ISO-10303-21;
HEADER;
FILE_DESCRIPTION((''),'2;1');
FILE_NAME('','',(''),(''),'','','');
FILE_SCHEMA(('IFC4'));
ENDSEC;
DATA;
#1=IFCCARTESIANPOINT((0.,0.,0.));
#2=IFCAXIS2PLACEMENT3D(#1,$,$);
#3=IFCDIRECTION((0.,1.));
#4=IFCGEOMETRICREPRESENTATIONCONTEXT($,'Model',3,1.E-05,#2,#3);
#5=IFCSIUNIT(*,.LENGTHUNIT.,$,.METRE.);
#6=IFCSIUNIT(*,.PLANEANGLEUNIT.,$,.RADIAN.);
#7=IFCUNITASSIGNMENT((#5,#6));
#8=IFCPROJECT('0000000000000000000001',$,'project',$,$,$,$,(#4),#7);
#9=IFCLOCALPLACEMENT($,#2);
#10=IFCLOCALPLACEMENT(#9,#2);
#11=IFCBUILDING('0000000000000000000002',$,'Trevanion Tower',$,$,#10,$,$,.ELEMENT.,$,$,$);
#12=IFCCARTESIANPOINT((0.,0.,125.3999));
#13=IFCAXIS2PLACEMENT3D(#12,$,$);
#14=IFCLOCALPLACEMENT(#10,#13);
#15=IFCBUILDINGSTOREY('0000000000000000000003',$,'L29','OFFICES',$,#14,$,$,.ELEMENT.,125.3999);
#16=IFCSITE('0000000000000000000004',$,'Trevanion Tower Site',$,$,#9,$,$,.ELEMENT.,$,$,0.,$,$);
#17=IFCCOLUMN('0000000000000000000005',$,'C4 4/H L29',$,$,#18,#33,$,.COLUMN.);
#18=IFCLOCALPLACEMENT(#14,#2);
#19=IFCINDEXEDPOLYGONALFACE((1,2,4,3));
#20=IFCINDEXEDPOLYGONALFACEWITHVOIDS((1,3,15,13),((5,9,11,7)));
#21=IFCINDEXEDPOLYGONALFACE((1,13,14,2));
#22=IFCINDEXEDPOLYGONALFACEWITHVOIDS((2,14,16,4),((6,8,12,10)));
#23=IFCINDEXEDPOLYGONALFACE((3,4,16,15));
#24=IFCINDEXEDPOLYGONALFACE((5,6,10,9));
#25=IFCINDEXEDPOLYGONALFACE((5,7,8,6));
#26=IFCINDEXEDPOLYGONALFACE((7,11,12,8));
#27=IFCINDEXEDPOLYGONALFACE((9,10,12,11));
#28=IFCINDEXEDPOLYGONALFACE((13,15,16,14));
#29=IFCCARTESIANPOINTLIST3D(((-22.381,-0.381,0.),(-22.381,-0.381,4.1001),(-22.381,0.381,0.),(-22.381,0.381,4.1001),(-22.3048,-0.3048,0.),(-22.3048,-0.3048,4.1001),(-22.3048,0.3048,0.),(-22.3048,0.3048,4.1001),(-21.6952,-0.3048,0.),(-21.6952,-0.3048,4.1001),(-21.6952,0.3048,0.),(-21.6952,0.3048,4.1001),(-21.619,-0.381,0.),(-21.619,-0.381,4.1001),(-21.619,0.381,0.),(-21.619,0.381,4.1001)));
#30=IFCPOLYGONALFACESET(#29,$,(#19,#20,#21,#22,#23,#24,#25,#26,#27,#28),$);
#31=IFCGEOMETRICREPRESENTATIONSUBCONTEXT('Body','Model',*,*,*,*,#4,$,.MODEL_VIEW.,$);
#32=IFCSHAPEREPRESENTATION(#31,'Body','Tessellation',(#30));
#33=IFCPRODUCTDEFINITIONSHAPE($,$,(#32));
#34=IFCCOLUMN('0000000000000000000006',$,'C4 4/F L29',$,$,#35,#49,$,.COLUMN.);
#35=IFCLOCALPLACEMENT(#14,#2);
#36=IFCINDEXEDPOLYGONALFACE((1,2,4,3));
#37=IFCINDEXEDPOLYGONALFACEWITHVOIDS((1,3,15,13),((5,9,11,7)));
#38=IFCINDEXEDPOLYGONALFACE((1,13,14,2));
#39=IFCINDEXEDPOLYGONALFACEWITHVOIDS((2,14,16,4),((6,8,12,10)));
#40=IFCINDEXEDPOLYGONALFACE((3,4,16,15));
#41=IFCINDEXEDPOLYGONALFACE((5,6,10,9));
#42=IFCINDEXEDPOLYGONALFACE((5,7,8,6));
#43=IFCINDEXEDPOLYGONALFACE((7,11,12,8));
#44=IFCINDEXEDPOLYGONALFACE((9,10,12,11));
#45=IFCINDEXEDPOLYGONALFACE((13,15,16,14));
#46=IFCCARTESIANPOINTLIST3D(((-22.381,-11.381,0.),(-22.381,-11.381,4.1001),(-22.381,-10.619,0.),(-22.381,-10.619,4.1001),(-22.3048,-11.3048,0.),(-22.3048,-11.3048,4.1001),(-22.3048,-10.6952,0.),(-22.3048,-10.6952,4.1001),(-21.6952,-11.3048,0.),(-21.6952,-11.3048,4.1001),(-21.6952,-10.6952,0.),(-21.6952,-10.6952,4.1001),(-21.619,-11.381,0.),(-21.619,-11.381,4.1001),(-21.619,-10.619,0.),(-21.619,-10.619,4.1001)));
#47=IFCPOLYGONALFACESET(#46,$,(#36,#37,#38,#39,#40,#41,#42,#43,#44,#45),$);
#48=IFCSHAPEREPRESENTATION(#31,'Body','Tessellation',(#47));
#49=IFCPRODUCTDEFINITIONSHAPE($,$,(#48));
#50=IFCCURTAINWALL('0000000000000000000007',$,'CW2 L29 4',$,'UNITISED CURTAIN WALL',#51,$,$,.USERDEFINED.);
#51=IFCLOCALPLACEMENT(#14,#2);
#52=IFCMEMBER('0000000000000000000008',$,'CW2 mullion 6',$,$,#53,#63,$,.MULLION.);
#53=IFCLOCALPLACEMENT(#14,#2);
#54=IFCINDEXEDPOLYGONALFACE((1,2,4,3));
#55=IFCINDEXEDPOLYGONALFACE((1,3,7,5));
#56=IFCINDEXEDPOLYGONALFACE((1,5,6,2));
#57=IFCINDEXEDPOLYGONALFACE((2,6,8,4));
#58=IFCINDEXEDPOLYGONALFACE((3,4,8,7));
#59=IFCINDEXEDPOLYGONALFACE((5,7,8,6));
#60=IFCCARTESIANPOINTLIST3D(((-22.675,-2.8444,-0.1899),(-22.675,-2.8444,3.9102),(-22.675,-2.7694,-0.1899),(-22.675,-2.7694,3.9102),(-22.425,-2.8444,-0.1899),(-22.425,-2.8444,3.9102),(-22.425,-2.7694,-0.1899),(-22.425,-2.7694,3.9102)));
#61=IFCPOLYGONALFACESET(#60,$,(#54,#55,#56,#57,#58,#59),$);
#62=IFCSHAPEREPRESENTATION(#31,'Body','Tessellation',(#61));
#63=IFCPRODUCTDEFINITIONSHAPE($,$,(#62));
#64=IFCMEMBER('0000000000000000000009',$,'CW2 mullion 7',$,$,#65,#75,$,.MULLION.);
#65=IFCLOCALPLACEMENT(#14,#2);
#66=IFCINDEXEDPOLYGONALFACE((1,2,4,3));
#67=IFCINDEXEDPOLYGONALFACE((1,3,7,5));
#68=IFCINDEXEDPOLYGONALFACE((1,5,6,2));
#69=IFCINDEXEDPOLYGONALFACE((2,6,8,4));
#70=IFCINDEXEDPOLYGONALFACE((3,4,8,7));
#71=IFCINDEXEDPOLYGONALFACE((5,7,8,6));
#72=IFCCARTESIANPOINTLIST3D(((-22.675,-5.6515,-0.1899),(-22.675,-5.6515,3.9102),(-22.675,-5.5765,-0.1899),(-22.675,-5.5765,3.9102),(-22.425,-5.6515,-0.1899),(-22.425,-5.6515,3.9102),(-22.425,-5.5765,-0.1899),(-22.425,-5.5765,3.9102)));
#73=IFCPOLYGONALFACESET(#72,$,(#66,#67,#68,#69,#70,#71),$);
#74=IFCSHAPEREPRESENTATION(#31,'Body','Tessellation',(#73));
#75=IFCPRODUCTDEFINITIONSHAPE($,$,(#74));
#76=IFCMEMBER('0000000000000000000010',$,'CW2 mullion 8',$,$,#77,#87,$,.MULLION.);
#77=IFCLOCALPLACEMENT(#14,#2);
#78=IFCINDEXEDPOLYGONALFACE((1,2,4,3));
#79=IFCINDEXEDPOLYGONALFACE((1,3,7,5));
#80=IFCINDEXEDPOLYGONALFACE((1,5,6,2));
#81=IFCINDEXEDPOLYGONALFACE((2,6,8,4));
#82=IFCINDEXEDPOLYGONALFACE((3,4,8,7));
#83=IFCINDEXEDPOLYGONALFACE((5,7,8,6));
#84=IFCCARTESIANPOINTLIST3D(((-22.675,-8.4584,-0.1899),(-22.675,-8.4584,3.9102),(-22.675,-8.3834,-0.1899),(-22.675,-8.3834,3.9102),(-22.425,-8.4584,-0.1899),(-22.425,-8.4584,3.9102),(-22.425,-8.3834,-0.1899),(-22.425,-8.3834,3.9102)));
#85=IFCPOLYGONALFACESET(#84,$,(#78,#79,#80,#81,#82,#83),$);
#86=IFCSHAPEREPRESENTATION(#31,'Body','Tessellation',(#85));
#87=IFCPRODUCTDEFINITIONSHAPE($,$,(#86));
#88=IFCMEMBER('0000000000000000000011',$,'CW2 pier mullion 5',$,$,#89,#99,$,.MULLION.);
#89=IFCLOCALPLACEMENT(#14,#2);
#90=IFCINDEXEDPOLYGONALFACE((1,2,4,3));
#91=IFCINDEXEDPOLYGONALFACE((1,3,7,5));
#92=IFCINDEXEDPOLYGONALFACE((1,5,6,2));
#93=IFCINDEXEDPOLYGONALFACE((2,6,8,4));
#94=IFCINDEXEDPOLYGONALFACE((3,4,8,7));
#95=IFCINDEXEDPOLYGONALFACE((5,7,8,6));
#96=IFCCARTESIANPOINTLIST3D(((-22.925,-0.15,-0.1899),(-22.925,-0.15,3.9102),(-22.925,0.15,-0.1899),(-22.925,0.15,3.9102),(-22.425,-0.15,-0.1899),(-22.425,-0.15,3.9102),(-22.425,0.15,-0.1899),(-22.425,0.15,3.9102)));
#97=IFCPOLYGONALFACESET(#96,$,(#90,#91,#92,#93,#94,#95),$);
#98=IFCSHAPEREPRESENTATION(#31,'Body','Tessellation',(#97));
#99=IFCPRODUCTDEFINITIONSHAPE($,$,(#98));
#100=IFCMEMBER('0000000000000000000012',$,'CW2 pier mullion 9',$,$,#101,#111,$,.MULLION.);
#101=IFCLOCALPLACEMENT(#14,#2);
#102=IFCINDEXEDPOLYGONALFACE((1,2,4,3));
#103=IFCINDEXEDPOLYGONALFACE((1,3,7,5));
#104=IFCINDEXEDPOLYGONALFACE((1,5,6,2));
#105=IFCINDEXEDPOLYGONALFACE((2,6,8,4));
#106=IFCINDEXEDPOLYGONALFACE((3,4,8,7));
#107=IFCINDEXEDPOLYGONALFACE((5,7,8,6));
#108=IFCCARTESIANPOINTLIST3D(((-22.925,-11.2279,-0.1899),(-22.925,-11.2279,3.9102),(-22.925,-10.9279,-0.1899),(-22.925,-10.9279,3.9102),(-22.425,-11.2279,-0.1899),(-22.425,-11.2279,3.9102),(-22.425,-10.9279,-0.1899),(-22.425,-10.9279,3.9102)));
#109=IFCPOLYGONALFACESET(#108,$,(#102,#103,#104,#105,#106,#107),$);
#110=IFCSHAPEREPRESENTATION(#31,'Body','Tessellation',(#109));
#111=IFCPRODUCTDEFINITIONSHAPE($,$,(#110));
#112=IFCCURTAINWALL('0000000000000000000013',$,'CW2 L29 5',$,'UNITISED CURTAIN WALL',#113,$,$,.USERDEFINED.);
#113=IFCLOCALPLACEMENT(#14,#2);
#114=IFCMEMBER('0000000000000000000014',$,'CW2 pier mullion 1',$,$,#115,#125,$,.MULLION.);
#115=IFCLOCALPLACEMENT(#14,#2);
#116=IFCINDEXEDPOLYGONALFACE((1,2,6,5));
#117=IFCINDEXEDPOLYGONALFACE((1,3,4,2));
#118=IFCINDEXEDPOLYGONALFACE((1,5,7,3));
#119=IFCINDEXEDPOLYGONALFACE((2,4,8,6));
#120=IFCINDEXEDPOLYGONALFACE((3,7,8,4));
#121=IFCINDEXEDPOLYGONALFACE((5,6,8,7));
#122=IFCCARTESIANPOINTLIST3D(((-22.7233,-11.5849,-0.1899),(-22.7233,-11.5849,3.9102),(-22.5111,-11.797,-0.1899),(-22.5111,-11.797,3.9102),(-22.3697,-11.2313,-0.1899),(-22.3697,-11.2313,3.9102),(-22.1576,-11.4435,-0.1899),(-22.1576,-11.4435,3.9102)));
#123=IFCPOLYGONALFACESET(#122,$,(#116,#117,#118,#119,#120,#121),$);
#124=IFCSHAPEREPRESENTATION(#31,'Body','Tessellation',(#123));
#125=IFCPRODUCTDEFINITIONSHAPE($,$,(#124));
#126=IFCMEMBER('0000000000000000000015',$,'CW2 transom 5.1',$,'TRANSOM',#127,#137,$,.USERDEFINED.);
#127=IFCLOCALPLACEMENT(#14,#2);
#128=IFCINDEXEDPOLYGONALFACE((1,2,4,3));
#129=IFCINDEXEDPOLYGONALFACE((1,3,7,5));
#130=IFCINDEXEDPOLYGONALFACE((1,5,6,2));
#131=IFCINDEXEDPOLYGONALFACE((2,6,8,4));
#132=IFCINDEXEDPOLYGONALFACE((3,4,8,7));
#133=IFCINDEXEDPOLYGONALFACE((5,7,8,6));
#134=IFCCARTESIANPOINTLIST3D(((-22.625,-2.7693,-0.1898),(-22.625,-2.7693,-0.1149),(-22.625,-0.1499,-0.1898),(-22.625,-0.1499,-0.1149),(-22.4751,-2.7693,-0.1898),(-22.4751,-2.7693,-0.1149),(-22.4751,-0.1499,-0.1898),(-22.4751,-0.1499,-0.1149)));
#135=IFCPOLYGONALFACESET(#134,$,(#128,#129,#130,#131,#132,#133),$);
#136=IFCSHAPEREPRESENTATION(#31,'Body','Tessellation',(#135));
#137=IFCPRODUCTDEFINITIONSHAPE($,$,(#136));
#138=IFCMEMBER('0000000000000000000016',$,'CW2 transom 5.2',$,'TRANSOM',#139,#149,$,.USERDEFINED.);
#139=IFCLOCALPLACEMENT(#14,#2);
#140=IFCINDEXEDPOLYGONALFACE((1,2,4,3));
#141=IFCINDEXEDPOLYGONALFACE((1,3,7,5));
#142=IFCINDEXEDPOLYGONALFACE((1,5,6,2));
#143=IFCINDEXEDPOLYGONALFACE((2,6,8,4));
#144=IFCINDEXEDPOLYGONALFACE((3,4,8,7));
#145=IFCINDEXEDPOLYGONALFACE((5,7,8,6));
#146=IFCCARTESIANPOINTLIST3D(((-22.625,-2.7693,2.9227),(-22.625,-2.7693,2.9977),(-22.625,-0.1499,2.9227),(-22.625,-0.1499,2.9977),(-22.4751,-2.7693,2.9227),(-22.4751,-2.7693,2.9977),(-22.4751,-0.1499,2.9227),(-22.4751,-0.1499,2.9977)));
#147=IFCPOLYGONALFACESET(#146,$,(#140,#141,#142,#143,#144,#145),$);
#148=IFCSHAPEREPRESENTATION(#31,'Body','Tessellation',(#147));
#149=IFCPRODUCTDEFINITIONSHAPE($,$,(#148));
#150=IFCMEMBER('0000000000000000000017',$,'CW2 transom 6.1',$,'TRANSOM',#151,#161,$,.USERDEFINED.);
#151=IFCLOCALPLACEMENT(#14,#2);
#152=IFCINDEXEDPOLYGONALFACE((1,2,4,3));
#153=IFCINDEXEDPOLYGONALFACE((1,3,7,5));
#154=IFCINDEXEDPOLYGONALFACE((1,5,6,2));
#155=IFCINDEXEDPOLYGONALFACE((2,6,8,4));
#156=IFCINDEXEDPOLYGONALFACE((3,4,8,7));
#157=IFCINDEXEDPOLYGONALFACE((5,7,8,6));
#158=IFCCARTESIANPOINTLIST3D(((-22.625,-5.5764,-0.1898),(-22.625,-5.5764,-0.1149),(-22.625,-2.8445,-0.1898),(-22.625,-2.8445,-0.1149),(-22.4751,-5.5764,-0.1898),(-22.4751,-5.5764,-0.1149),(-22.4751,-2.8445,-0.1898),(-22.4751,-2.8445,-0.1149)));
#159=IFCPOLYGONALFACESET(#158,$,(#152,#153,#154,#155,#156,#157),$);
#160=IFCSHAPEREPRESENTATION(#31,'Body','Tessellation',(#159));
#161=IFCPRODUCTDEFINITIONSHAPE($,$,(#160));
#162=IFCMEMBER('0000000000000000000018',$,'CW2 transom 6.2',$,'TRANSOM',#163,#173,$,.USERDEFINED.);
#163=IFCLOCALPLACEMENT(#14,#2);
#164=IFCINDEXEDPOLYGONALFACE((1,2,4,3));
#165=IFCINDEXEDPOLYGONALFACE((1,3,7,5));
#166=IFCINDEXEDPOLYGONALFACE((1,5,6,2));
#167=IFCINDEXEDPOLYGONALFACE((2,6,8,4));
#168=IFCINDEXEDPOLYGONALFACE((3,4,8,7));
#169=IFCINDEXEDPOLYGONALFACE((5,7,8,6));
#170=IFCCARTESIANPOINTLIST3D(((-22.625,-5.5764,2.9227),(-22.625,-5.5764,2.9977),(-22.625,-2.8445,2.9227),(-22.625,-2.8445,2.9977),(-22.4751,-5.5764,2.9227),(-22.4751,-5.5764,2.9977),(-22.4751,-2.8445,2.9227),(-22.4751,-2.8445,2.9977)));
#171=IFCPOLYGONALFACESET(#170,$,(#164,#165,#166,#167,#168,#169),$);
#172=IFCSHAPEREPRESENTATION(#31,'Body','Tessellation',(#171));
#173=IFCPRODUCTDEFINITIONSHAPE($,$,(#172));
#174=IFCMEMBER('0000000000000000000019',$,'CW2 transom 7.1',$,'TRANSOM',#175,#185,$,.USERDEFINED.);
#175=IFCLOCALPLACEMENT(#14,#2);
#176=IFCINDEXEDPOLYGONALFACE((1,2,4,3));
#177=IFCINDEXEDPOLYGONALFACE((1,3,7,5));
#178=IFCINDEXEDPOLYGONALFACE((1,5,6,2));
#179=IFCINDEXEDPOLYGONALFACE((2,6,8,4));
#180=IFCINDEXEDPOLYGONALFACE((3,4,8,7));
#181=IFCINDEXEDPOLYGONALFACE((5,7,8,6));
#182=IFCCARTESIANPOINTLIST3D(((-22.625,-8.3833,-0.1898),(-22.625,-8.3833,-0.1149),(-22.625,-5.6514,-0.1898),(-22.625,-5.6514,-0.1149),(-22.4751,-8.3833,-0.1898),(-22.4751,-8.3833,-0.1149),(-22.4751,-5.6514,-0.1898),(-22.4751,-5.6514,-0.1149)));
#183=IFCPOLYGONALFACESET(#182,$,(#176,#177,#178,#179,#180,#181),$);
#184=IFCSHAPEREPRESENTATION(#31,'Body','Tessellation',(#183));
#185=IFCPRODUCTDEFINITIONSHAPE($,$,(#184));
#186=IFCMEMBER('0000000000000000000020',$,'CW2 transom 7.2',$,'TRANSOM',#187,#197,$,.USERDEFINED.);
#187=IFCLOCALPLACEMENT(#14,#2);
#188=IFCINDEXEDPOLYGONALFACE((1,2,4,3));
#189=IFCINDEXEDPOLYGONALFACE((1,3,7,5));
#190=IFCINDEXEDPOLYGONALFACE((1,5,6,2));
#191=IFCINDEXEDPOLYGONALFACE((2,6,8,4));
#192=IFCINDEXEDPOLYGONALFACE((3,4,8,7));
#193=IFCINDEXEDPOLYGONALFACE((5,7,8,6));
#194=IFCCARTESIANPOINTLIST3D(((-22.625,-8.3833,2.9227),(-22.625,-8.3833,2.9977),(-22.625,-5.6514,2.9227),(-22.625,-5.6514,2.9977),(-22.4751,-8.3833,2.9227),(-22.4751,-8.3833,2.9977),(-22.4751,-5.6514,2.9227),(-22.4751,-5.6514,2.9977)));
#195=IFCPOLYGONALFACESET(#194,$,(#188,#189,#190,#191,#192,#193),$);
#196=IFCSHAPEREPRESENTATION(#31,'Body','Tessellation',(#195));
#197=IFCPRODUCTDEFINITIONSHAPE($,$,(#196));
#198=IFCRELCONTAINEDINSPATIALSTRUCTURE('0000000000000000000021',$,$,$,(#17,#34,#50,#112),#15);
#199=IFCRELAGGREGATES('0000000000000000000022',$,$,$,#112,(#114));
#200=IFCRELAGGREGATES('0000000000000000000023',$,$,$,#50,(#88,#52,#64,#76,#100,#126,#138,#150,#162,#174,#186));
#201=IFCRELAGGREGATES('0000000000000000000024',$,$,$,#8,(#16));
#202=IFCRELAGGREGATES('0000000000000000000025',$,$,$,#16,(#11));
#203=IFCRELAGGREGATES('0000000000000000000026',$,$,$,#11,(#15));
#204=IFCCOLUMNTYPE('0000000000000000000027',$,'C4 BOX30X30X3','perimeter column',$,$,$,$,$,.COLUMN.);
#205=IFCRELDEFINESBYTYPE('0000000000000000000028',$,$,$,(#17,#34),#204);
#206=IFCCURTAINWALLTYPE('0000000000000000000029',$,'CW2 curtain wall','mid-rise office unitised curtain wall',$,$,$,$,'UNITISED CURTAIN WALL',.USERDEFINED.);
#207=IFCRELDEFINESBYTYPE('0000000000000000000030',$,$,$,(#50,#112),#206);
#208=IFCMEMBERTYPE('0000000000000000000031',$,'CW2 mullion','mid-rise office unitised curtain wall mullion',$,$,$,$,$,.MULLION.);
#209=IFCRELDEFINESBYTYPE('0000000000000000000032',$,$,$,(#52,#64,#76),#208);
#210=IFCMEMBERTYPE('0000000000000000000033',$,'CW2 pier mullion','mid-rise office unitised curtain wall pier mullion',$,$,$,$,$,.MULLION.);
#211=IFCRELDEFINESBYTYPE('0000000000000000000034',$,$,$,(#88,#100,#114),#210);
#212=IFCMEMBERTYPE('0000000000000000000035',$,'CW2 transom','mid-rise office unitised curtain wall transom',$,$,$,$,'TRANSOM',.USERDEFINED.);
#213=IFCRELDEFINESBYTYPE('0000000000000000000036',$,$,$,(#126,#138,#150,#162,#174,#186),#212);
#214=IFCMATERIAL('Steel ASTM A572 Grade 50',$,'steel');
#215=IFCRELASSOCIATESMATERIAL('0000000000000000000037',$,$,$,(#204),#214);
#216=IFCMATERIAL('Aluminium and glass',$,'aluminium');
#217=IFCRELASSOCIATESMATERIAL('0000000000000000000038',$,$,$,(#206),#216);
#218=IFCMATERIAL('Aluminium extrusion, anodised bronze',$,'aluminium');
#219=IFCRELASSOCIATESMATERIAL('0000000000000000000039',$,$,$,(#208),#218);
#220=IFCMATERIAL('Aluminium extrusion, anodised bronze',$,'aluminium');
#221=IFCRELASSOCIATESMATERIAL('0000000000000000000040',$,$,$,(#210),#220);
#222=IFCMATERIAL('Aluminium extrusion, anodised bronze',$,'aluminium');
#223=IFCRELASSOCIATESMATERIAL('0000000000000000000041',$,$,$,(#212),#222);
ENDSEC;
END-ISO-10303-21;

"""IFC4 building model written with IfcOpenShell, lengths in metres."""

from ifc_helpers import new_model, si_unit, direction, frame, origin, origin_2d, place, context, subcontext, project, spatial, rectangle, hollow_rectangle, extrude, material, material_profile, profile_set, type_object, element, aggregate, save


model = new_model("IFC4")

# Units and contexts
model_context = context("Model", 3, precision=1e-05, world=origin(), true_north=direction((0.0, 1.0)))
body_context = subcontext(model_context, "Body", "Model", "MODEL_VIEW")
ifc_project = project(units=[si_unit("LENGTHUNIT", "METRE"), si_unit("PLANEANGLEUNIT", "RADIAN")], contexts=[model_context])

# Site, building, storey
site_placement = place(None, origin())
site = spatial("IfcSite", under=ifc_project, at=site_placement, Name="Trevanion Tower Site", CompositionType="ELEMENT", RefElevation=0.0)
building_placement = place(site_placement, origin())
building = spatial("IfcBuilding", under=site, at=building_placement, Name="Trevanion Tower", CompositionType="ELEMENT")
storey_placement = place(building_placement, frame((0.0, 0.0, 125.3999)))
storey = spatial("IfcBuildingStorey", under=building, at=storey_placement, Name="L29", Description="OFFICES", CompositionType="ELEMENT", Elevation=125.3999)

# Columns
ifc_material_1 = material(Name="Steel ASTM A572 Grade 50", Category="steel")
ifc_material_profile_1 = material_profile(ifc_material_1, hollow_rectangle(XDim=0.762, YDim=0.762, WallThickness=0.0762, at=origin_2d()), Name="BOX30X30X3")
ifc_profile_set_1 = profile_set([ifc_material_profile_1], Name="Steel ASTM A572 Grade 50")
column_type = type_object("IfcColumnType", Name="C4 BOX30X30X3", Description="perimeter column", PredefinedType="COLUMN", material=ifc_profile_set_1)
for number, where, z_axis, x_axis, name in (
    (1, (-22.0, 0.0, 0.0), (0.0, 0.0, 1.0), (0.0, 1.0, 0.0), "C4 4/H L29"),
    (2, (-22.0, -11.0, 0.0), (0.0, 0.0, 1.0), (0.0, 1.0, 0.0), "C4 4/F L29"),
):
    element("IfcColumn", number, at=place(storey_placement, frame(where, z_axis=z_axis, x_axis=x_axis)), inside=storey, type_object=column_type, Name=name, PredefinedType="COLUMN", context=body_context, shape_type="SweptSolid", body=[
        extrude(hollow_rectangle(XDim=0.762, YDim=0.762, WallThickness=0.0762, at=origin_2d()), origin(), (0.0, 0.0, 1.0), 4.1001),
    ])

# Curtain wall, members
ifc_material_2 = material(Name="Aluminium and glass", Category="aluminium")
curtain_wall_type = type_object("IfcCurtainWallType", Name="CW2 curtain wall", Description="mid-rise office unitised curtain wall", ElementType="UNITISED CURTAIN WALL", PredefinedType="USERDEFINED", material=ifc_material_2)
curtain_wall_1_placement = place(storey_placement, origin())
curtain_wall_1 = element("IfcCurtainWall", 3, at=curtain_wall_1_placement, inside=storey, type_object=curtain_wall_type, Name="CW2 L29 4", ObjectType="UNITISED CURTAIN WALL", PredefinedType="USERDEFINED")
ifc_material_3 = material(Name="Aluminium extrusion, anodised bronze", Category="aluminium")
ifc_material_profile_2 = material_profile(ifc_material_3, rectangle(XDim=0.075, YDim=0.25, at=origin_2d()), Name="CW2 mullion")
ifc_profile_set_2 = profile_set([ifc_material_profile_2], Name="Aluminium extrusion, anodised bronze")
member_type_1 = type_object("IfcMemberType", Name="CW2 mullion", Description="mid-rise office unitised curtain wall mullion", PredefinedType="MULLION", material=ifc_profile_set_2)
member_1_placement = place(storey_placement, frame((-22.55, -2.8069, -0.1899), z_axis=(0.0, 0.0, 1.0), x_axis=(0.0, -1.0, 0.0)))
member_1 = element("IfcMember", 4, at=member_1_placement, type_object=member_type_1, Name="CW2 mullion 6", PredefinedType="MULLION", context=body_context, shape_type="SweptSolid", body=[
    extrude(rectangle(XDim=0.075, YDim=0.25, at=origin_2d()), origin(), (0.0, 0.0, 1.0), 4.1001),
])
member_2_placement = place(storey_placement, frame((-22.55, -5.614, -0.1899), z_axis=(0.0, 0.0, 1.0), x_axis=(0.0, -1.0, 0.0)))
member_2 = element("IfcMember", 5, at=member_2_placement, type_object=member_type_1, Name="CW2 mullion 7", PredefinedType="MULLION", context=body_context, shape_type="SweptSolid", body=[
    extrude(rectangle(XDim=0.075, YDim=0.25, at=origin_2d()), origin(), (0.0, 0.0, 1.0), 4.1001),
])
member_3_placement = place(storey_placement, frame((-22.55, -8.4209, -0.1899), z_axis=(0.0, 0.0, 1.0), x_axis=(0.0, -1.0, 0.0)))
member_3 = element("IfcMember", 6, at=member_3_placement, type_object=member_type_1, Name="CW2 mullion 8", PredefinedType="MULLION", context=body_context, shape_type="SweptSolid", body=[
    extrude(rectangle(XDim=0.075, YDim=0.25, at=origin_2d()), origin(), (0.0, 0.0, 1.0), 4.1001),
])
ifc_material_4 = material(Name="Aluminium extrusion, anodised bronze", Category="aluminium")
ifc_material_profile_3 = material_profile(ifc_material_4, rectangle(XDim=0.3, YDim=0.5, at=origin_2d()), Name="CW2 pier mullion")
ifc_profile_set_3 = profile_set([ifc_material_profile_3], Name="Aluminium extrusion, anodised bronze")
member_type_2 = type_object("IfcMemberType", Name="CW2 pier mullion", Description="mid-rise office unitised curtain wall pier mullion", PredefinedType="MULLION", material=ifc_profile_set_3)
member_4_placement = place(storey_placement, frame((-22.675, 0.0, -0.1899), z_axis=(0.0, 0.0, 1.0), x_axis=(0.0, -1.0, 0.0)))
member_4 = element("IfcMember", 7, at=member_4_placement, type_object=member_type_2, Name="CW2 pier mullion 5", PredefinedType="MULLION", context=body_context, shape_type="SweptSolid", body=[
    extrude(rectangle(XDim=0.3, YDim=0.5, at=origin_2d()), origin(), (0.0, 0.0, 1.0), 4.1001),
])
member_5_placement = place(storey_placement, frame((-22.675, -11.0779, -0.1899), z_axis=(0.0, 0.0, 1.0), x_axis=(0.0, -1.0, 0.0)))
member_5 = element("IfcMember", 8, at=member_5_placement, type_object=member_type_2, Name="CW2 pier mullion 9", PredefinedType="MULLION", context=body_context, shape_type="SweptSolid", body=[
    extrude(rectangle(XDim=0.3, YDim=0.5, at=origin_2d()), origin(), (0.0, 0.0, 1.0), 4.1001),
])

# Curtain wall, member
curtain_wall_2_placement = place(storey_placement, origin())
curtain_wall_2 = element("IfcCurtainWall", 9, at=curtain_wall_2_placement, inside=storey, type_object=curtain_wall_type, Name="CW2 L29 5", ObjectType="UNITISED CURTAIN WALL", PredefinedType="USERDEFINED")
member_6_placement = place(storey_placement, frame((-22.4404, -11.5142, -0.1899), z_axis=(0.0, 0.0, 1.0), x_axis=(0.707107, -0.707107, 0.0)))
member_6 = element("IfcMember", 10, at=member_6_placement, type_object=member_type_2, Name="CW2 pier mullion 1", PredefinedType="MULLION", context=body_context, shape_type="SweptSolid", body=[
    extrude(rectangle(XDim=0.3, YDim=0.5, at=origin_2d()), origin(), (0.0, 0.0, 1.0), 4.1001),
])

# Members
ifc_material_5 = material(Name="Aluminium extrusion, anodised bronze", Category="aluminium")
ifc_material_profile_4 = material_profile(ifc_material_5, rectangle(XDim=0.1499, YDim=0.075, at=origin_2d()), Name="CW2 transom")
ifc_profile_set_4 = profile_set([ifc_material_profile_4], Name="Aluminium extrusion, anodised bronze")
member_type_3 = type_object("IfcMemberType", Name="CW2 transom", Description="mid-rise office unitised curtain wall transom", ElementType="TRANSOM", PredefinedType="USERDEFINED", material=ifc_profile_set_4)
member_7_placement = place(storey_placement, frame((-22.55, -0.1499, -0.1523), z_axis=(0.0, -1.0, 0.0), x_axis=(1.0, 0.0, 0.0)))
member_7 = element("IfcMember", 11, at=member_7_placement, type_object=member_type_3, Name="CW2 transom 5.1", ObjectType="TRANSOM", PredefinedType="USERDEFINED", context=body_context, shape_type="SweptSolid", body=[
    extrude(rectangle(XDim=0.1499, YDim=0.075, at=origin_2d()), origin(), (0.0, 0.0, 1.0), 2.6194),
])
member_8_placement = place(storey_placement, frame((-22.55, -0.1499, 2.9602), z_axis=(0.0, -1.0, 0.0), x_axis=(1.0, 0.0, 0.0)))
member_8 = element("IfcMember", 12, at=member_8_placement, type_object=member_type_3, Name="CW2 transom 5.2", ObjectType="TRANSOM", PredefinedType="USERDEFINED", context=body_context, shape_type="SweptSolid", body=[
    extrude(rectangle(XDim=0.1499, YDim=0.075, at=origin_2d()), origin(), (0.0, 0.0, 1.0), 2.6194),
])
member_9_placement = place(storey_placement, frame((-22.55, -2.8445, -0.1523), z_axis=(0.0, -1.0, 0.0), x_axis=(1.0, 0.0, 0.0)))
member_9 = element("IfcMember", 13, at=member_9_placement, type_object=member_type_3, Name="CW2 transom 6.1", ObjectType="TRANSOM", PredefinedType="USERDEFINED", context=body_context, shape_type="SweptSolid", body=[
    extrude(rectangle(XDim=0.1499, YDim=0.075, at=origin_2d()), origin(), (0.0, 0.0, 1.0), 2.7319),
])
member_10_placement = place(storey_placement, frame((-22.55, -2.8445, 2.9602), z_axis=(0.0, -1.0, 0.0), x_axis=(1.0, 0.0, 0.0)))
member_10 = element("IfcMember", 14, at=member_10_placement, type_object=member_type_3, Name="CW2 transom 6.2", ObjectType="TRANSOM", PredefinedType="USERDEFINED", context=body_context, shape_type="SweptSolid", body=[
    extrude(rectangle(XDim=0.1499, YDim=0.075, at=origin_2d()), origin(), (0.0, 0.0, 1.0), 2.7319),
])
member_11_placement = place(storey_placement, frame((-22.55, -5.6514, -0.1523), z_axis=(0.0, -1.0, 0.0), x_axis=(1.0, 0.0, 0.0)))
member_11 = element("IfcMember", 15, at=member_11_placement, type_object=member_type_3, Name="CW2 transom 7.1", ObjectType="TRANSOM", PredefinedType="USERDEFINED", context=body_context, shape_type="SweptSolid", body=[
    extrude(rectangle(XDim=0.1499, YDim=0.075, at=origin_2d()), origin(), (0.0, 0.0, 1.0), 2.7319),
])
member_12_placement = place(storey_placement, frame((-22.55, -5.6514, 2.9602), z_axis=(0.0, -1.0, 0.0), x_axis=(1.0, 0.0, 0.0)))
member_12 = element("IfcMember", 16, at=member_12_placement, type_object=member_type_3, Name="CW2 transom 7.2", ObjectType="TRANSOM", PredefinedType="USERDEFINED", context=body_context, shape_type="SweptSolid", body=[
    extrude(rectangle(XDim=0.1499, YDim=0.075, at=origin_2d()), origin(), (0.0, 0.0, 1.0), 2.7319),
])
aggregate(curtain_wall_2, [member_6])

aggregate(curtain_wall_1, [member_4, member_1, member_2, member_3, member_5, member_7, member_8, member_9, member_10, member_11, member_12])

save(model, "model.ifc")
